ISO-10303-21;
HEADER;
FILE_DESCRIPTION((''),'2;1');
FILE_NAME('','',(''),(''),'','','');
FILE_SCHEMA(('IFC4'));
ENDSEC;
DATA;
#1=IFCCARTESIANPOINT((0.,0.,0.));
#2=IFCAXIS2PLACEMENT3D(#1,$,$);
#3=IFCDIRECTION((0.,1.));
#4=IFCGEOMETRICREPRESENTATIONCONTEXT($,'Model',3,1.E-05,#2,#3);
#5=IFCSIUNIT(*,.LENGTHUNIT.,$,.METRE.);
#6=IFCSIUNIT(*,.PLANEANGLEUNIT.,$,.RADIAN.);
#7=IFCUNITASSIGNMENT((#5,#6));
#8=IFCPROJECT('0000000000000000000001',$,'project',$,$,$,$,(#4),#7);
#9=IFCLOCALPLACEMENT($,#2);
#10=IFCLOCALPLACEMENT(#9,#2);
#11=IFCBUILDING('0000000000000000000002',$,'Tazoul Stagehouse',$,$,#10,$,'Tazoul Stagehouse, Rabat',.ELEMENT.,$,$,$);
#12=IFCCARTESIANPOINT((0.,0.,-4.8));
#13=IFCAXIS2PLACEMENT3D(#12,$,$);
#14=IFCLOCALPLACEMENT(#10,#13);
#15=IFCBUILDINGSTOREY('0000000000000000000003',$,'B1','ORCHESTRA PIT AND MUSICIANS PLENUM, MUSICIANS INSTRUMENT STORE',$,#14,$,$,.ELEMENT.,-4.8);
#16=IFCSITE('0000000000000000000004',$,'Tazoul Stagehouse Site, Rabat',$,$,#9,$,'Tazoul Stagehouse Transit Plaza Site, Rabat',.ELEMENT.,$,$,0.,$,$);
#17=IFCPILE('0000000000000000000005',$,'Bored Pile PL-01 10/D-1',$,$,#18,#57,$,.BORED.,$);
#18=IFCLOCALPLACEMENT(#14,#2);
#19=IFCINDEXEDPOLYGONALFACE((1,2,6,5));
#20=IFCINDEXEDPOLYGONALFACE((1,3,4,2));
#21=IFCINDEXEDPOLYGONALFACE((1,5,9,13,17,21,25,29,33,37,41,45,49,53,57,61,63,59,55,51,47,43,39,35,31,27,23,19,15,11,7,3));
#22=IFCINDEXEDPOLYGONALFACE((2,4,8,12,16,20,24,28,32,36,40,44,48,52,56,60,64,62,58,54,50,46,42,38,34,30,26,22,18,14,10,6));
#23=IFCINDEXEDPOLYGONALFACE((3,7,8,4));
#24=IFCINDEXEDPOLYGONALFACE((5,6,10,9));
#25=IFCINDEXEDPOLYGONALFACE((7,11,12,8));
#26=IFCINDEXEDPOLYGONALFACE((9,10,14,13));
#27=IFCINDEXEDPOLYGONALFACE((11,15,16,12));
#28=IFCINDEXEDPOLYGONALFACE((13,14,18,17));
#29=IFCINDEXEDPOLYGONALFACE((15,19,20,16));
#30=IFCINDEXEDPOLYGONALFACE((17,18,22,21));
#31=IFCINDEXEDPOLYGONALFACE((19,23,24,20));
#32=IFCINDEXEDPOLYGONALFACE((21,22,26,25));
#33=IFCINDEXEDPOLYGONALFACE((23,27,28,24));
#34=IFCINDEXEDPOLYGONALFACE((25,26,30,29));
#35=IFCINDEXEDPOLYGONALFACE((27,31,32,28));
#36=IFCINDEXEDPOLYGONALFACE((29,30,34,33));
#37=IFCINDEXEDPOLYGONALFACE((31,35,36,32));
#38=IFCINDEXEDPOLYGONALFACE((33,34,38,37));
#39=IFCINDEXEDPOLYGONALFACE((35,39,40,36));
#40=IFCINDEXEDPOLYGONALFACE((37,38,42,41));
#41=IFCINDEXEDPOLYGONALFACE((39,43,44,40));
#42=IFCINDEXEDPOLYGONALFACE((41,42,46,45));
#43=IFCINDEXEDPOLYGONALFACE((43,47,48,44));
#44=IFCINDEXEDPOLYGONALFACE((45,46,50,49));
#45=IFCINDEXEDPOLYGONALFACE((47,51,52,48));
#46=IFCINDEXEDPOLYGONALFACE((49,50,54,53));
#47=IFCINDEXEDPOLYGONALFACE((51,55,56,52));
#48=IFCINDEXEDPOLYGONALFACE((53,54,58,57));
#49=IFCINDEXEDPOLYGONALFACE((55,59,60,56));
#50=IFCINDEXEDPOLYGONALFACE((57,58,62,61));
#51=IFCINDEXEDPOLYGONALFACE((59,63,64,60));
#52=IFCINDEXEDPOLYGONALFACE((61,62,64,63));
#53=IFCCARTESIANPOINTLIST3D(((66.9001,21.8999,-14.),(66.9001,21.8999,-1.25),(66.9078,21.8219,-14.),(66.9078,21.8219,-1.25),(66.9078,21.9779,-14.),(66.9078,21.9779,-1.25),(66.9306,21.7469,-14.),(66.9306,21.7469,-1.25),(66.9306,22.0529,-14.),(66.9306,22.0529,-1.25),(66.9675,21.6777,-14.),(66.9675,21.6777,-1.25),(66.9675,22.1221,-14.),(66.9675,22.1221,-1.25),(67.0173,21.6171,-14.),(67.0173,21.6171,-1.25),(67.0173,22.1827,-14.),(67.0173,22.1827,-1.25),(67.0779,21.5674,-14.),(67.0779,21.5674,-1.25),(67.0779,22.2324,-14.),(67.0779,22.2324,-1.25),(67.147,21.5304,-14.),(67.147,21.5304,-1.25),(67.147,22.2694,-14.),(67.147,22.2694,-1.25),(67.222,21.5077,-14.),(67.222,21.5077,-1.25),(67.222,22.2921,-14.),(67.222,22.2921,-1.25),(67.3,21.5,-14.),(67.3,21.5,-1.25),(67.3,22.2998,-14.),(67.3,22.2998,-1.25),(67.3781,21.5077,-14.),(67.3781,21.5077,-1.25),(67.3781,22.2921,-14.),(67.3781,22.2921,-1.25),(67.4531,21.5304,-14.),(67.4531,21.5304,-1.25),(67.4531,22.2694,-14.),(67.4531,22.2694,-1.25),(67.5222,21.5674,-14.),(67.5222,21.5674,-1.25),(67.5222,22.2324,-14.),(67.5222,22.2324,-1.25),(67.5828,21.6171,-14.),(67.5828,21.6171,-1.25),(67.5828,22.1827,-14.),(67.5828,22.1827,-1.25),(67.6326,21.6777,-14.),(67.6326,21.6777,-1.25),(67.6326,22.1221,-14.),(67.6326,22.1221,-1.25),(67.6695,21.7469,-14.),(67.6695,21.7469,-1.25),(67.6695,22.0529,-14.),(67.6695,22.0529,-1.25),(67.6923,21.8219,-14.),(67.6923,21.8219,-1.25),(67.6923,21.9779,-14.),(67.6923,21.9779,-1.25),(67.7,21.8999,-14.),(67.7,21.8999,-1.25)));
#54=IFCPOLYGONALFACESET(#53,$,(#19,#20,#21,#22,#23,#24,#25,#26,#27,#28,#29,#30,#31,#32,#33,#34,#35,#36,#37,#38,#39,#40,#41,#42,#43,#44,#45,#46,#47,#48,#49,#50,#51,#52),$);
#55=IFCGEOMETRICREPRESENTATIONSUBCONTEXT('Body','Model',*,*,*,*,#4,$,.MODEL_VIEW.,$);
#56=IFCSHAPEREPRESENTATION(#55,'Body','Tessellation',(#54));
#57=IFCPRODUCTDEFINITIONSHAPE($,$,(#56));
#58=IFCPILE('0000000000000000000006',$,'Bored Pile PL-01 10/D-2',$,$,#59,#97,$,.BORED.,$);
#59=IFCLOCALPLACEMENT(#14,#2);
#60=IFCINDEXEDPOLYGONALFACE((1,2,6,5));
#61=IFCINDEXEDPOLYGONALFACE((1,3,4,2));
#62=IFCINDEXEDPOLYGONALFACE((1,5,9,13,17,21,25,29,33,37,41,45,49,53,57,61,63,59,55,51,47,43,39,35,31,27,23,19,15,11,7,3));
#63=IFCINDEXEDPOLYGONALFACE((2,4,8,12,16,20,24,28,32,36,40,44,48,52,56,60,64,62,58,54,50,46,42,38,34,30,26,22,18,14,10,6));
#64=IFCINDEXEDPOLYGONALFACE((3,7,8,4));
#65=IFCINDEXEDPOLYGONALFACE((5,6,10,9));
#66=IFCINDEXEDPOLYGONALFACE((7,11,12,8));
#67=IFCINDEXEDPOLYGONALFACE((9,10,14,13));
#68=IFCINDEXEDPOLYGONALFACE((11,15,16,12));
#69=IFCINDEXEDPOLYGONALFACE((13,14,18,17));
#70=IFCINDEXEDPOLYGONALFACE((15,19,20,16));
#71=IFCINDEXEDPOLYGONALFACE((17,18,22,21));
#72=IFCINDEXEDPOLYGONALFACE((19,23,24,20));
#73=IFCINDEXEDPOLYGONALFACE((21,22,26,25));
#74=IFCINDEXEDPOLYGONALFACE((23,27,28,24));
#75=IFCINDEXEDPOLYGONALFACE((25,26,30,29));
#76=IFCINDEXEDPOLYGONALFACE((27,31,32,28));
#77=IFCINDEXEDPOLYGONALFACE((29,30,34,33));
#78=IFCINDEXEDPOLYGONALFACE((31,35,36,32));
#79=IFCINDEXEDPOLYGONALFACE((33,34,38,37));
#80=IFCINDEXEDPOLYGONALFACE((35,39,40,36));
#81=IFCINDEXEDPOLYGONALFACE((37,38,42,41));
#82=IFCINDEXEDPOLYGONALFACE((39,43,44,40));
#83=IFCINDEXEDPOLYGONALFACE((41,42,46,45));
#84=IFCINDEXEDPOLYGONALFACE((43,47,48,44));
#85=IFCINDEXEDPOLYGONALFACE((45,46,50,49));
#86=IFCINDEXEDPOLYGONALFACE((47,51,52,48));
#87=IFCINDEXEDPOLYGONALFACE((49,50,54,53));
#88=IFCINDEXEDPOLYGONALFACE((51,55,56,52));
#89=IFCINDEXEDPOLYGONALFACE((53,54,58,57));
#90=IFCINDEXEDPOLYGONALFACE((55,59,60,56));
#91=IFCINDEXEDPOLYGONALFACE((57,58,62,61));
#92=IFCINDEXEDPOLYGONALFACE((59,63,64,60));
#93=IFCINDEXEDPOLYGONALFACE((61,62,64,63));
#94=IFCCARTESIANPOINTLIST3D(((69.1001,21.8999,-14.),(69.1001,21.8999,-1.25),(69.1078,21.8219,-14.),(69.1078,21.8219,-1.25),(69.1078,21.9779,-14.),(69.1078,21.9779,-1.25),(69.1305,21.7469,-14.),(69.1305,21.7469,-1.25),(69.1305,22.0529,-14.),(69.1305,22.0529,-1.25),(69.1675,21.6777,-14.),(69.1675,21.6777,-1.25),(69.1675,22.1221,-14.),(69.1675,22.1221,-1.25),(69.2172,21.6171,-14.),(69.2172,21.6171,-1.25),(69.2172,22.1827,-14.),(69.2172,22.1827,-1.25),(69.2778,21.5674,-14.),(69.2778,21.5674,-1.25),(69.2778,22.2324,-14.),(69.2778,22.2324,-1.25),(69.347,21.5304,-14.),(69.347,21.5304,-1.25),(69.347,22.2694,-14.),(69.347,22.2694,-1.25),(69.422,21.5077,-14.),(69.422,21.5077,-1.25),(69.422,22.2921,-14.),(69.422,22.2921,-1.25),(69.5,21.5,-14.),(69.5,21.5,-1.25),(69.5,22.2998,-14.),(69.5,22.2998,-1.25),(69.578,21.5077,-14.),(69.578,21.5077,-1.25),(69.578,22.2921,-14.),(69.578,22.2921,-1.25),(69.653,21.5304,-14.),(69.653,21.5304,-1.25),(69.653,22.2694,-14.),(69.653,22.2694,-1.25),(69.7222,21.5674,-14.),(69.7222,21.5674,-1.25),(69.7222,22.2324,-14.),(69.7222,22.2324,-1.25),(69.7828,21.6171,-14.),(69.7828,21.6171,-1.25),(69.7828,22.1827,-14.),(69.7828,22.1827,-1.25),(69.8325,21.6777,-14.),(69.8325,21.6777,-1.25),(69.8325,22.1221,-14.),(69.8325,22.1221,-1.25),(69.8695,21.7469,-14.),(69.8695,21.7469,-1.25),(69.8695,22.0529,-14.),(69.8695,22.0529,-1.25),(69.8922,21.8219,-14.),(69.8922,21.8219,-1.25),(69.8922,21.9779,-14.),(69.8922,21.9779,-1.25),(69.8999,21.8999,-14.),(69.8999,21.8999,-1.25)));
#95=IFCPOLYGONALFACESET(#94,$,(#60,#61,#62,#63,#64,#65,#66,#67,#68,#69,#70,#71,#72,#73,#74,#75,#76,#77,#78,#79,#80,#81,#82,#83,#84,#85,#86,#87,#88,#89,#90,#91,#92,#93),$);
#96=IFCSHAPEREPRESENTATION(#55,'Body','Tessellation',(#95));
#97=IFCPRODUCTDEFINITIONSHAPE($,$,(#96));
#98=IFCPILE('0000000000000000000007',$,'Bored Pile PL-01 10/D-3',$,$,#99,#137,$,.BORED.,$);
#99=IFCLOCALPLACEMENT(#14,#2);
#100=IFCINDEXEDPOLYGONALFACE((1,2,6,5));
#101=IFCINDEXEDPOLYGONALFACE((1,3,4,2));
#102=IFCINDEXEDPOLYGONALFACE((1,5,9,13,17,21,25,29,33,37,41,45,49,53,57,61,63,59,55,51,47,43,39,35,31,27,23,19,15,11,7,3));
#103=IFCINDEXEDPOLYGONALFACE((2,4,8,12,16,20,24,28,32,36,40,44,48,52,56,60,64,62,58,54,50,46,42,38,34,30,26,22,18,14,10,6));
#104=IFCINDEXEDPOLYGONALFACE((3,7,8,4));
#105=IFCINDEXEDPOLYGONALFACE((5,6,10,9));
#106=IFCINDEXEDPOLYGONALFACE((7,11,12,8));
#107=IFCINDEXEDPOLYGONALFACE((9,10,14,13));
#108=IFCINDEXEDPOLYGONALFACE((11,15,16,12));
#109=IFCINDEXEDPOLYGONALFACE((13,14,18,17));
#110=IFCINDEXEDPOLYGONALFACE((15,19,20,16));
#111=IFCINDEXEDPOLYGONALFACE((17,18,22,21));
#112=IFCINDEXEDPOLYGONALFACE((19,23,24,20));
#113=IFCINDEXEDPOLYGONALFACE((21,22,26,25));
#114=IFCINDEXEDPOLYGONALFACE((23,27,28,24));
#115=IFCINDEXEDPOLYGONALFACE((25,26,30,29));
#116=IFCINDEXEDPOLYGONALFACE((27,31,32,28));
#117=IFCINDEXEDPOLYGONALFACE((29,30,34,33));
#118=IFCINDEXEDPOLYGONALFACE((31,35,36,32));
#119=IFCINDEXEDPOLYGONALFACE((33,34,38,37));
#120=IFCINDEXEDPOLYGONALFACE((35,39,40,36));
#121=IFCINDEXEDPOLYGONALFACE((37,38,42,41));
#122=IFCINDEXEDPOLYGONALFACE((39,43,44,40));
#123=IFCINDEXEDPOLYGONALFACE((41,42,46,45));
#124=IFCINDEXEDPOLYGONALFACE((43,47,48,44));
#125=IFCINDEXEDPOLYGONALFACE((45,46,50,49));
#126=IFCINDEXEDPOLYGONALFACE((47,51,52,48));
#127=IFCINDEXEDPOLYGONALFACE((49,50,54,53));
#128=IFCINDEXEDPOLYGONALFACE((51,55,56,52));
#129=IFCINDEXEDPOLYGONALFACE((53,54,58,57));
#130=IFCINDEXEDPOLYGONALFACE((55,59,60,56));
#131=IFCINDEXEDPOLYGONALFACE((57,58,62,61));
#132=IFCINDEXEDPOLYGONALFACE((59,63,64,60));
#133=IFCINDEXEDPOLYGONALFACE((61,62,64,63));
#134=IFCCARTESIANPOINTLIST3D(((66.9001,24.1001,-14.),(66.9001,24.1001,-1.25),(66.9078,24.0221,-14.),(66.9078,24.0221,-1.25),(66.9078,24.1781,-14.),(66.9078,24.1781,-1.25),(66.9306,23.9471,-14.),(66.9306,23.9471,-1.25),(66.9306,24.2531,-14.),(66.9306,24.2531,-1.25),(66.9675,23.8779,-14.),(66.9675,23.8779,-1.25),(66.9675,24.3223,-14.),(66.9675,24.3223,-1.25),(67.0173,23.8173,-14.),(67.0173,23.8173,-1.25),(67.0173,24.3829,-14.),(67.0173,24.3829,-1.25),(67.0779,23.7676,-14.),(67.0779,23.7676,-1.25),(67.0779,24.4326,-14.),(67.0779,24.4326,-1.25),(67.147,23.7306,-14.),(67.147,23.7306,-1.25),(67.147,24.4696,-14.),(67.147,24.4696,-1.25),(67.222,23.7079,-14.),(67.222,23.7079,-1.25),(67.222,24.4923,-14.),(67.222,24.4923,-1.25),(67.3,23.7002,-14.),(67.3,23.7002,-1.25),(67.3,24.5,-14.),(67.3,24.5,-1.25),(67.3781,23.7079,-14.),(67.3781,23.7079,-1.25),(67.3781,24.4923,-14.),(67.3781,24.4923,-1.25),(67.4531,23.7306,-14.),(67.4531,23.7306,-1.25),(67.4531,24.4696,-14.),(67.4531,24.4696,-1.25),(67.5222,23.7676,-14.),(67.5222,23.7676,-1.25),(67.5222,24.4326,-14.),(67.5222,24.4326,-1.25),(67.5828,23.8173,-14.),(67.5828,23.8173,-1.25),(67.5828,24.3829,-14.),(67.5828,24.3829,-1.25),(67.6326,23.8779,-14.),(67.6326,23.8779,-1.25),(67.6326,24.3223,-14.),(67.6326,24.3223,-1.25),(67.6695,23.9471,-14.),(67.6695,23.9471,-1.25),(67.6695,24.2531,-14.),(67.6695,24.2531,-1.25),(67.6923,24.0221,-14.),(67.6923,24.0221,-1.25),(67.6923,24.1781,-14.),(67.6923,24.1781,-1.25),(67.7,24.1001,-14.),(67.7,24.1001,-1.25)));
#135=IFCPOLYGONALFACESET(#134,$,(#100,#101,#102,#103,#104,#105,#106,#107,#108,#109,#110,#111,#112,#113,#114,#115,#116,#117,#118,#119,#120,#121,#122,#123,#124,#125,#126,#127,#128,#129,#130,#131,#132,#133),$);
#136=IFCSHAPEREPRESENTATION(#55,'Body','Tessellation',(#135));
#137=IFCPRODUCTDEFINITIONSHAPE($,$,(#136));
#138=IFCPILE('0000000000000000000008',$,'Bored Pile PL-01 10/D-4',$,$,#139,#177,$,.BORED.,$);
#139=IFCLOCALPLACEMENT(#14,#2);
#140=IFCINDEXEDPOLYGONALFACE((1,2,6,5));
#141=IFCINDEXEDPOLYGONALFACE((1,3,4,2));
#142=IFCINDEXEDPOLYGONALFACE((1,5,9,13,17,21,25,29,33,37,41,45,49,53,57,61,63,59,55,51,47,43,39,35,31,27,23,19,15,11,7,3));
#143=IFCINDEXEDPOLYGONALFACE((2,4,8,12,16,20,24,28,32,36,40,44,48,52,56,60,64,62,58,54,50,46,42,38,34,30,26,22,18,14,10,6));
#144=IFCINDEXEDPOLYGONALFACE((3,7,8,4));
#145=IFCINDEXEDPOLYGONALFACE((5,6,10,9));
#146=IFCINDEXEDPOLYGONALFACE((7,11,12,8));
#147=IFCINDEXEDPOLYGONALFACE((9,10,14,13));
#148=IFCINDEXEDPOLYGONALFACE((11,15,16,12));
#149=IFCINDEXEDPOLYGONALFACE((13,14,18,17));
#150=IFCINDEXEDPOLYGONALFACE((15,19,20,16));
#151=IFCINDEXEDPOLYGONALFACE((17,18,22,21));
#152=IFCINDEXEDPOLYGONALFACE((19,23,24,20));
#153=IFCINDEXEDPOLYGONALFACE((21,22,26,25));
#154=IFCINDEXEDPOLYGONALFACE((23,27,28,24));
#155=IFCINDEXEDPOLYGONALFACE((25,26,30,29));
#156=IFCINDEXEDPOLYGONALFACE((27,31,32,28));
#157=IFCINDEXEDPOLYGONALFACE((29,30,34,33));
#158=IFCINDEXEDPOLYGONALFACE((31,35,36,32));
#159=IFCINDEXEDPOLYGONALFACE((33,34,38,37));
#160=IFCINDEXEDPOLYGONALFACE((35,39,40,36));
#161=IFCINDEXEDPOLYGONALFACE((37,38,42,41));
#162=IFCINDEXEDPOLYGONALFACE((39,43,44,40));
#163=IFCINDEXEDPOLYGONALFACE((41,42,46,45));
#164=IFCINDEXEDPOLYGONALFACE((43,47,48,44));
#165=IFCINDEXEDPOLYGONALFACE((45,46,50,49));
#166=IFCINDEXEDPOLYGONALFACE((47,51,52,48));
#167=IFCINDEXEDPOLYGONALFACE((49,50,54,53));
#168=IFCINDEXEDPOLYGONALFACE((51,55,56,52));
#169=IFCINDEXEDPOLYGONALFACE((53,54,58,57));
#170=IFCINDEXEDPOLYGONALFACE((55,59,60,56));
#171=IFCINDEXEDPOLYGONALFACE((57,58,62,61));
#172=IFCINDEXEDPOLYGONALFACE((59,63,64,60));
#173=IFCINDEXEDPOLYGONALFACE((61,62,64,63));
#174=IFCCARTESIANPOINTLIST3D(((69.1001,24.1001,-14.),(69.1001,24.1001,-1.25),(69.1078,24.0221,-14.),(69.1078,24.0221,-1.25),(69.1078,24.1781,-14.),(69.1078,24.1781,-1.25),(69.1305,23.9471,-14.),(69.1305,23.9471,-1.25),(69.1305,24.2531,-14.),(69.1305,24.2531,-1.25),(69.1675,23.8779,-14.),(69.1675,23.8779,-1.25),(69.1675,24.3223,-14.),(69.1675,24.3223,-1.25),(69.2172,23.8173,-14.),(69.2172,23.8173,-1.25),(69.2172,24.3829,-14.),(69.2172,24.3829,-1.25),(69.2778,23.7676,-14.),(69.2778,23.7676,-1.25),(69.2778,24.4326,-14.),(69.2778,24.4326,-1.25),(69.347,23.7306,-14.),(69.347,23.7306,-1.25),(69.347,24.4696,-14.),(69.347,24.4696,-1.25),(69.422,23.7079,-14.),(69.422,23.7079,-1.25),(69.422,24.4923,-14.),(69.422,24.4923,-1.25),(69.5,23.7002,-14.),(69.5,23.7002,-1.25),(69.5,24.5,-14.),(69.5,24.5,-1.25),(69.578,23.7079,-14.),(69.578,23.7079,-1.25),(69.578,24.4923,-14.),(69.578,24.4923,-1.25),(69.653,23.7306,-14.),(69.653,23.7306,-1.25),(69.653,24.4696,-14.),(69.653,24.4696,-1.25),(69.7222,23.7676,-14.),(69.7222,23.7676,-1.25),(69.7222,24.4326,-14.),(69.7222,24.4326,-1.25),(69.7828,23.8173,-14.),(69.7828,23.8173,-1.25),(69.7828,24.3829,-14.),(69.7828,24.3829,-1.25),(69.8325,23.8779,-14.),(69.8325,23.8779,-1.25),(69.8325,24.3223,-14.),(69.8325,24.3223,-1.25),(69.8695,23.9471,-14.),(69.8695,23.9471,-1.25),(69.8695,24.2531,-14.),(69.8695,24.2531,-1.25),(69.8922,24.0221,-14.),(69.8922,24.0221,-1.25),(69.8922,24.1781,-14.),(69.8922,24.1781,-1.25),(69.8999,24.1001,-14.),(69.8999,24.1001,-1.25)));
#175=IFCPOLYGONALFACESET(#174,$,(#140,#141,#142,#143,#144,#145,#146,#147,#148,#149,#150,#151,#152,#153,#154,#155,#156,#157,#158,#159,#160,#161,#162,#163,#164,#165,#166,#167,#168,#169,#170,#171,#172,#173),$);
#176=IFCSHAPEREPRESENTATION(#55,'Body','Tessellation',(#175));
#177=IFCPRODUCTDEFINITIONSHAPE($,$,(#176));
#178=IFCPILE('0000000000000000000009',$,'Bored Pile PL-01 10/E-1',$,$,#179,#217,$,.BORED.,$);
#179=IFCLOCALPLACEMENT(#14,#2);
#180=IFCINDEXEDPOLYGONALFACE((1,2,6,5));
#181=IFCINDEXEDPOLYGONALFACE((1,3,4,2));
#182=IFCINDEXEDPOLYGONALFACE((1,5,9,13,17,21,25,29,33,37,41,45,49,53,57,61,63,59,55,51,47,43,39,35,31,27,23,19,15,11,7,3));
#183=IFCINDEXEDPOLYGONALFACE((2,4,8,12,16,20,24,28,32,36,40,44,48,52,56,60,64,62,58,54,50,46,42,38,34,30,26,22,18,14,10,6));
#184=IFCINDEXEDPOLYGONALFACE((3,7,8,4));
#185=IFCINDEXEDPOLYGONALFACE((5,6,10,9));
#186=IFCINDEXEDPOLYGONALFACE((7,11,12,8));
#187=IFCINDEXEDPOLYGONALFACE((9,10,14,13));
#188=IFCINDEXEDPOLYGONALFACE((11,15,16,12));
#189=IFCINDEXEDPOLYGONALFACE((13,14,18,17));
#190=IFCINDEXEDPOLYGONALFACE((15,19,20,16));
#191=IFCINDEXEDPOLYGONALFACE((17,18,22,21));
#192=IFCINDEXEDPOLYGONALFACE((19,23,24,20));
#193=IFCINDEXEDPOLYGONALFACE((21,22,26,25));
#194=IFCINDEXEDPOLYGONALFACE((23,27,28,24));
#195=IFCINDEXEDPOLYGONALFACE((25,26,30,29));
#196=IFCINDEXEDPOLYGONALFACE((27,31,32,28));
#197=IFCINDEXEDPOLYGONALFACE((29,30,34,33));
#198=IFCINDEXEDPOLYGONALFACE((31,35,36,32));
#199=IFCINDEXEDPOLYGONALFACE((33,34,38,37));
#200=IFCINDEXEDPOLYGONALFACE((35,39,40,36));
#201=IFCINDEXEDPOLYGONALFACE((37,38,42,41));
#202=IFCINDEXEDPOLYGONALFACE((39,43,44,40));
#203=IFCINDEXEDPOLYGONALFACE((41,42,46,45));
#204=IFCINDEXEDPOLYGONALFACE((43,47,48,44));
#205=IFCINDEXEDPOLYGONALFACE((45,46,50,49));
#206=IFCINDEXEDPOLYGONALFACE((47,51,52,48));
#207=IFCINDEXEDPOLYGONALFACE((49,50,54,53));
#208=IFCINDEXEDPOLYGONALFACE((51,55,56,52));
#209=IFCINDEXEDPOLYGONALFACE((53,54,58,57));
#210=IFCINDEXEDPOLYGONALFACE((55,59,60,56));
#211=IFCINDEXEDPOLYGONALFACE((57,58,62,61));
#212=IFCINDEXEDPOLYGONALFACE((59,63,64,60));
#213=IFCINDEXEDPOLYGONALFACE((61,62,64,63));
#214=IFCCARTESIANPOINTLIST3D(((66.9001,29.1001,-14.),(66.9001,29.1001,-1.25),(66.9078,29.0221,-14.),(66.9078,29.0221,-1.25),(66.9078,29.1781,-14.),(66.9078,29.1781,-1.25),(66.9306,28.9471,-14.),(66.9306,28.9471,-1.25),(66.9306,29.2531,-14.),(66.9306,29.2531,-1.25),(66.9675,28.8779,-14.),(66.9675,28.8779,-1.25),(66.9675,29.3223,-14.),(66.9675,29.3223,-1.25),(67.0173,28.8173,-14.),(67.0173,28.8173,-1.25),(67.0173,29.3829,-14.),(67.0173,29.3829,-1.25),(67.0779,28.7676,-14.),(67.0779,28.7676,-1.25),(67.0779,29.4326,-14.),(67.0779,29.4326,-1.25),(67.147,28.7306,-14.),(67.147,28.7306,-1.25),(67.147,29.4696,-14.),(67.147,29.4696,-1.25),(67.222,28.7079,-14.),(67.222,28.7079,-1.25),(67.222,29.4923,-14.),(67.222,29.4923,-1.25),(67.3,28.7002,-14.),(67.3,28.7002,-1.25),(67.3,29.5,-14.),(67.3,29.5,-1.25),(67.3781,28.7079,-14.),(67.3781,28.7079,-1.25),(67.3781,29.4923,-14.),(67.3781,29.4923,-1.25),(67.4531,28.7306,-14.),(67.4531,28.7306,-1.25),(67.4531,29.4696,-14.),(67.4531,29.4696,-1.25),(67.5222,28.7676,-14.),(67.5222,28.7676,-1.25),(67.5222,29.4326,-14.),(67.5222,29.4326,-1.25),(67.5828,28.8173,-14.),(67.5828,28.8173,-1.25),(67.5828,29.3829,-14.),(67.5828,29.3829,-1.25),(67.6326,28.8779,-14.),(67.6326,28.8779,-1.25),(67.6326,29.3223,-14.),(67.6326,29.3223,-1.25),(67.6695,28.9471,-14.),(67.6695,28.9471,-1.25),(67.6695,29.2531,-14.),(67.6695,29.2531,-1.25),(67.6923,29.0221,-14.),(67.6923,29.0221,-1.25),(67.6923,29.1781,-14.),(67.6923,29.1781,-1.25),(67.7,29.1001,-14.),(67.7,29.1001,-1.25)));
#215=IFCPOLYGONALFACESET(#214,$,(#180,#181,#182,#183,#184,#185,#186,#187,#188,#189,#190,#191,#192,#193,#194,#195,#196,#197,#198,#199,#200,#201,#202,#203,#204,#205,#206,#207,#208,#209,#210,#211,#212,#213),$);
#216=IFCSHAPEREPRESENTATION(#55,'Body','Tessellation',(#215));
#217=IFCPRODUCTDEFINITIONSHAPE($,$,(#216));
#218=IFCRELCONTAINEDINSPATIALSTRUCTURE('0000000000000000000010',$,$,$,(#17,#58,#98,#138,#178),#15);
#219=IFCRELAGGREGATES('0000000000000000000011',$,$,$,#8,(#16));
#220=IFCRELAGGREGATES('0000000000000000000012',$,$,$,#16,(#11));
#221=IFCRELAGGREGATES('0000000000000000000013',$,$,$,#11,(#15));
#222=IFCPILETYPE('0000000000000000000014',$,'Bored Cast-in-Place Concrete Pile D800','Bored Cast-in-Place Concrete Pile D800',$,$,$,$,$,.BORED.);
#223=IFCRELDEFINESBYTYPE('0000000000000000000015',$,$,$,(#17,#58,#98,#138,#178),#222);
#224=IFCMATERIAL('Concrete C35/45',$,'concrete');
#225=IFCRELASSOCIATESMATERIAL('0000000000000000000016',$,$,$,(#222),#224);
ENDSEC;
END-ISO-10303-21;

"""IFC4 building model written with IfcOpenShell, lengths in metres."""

from ifc_helpers import new_model, si_unit, direction, frame, origin, origin_2d, place, context, subcontext, project, spatial, circle, extrude, material, material_profile, profile_set, type_object, element, save


model = new_model("IFC4")

# Units and contexts
model_context = context("Model", 3, precision=1e-05, world=origin(), true_north=direction((0.0, 1.0)))
body_context = subcontext(model_context, "Body", "Model", "MODEL_VIEW")
ifc_project = project(units=[si_unit("LENGTHUNIT", "METRE"), si_unit("PLANEANGLEUNIT", "RADIAN")], contexts=[model_context])

# Site, building, storey
site_placement = place(None, origin())
site = spatial("IfcSite", under=ifc_project, at=site_placement, Name="Tazoul Stagehouse Site, Rabat", LongName="Tazoul Stagehouse Transit Plaza Site, Rabat", CompositionType="ELEMENT", RefElevation=0.0)
building_placement = place(site_placement, origin())
building = spatial("IfcBuilding", under=site, at=building_placement, Name="Tazoul Stagehouse", LongName="Tazoul Stagehouse, Rabat", CompositionType="ELEMENT")
storey_placement = place(building_placement, frame((0.0, 0.0, -4.8)))
storey = spatial("IfcBuildingStorey", under=building, at=storey_placement, Name="B1", Description="ORCHESTRA PIT AND MUSICIANS PLENUM, MUSICIANS INSTRUMENT STORE", CompositionType="ELEMENT", Elevation=-4.8)

# Piles
ifc_material_1 = material(Name="Concrete C35/45", Category="concrete")
ifc_material_profile_1 = material_profile(ifc_material_1, circle(Radius=0.3999, at=origin_2d()), Name="BORED PILE 800")
ifc_profile_set_1 = profile_set([ifc_material_profile_1], Name="Concrete C35/45")
pile_type = type_object("IfcPileType", Name="Bored Cast-in-Place Concrete Pile D800", Description="Bored Cast-in-Place Concrete Pile D800", PredefinedType="BORED", material=ifc_profile_set_1)
for number, where, z_axis, x_axis, name in (
    (1, (67.3, 21.8999, -1.25), (0.0, 0.0, -1.0), (1.0, 0.0, 0.0), "Bored Pile PL-01 10/D-1"),
    (2, (69.5, 21.8999, -1.25), (0.0, 0.0, -1.0), (1.0, 0.0, 0.0), "Bored Pile PL-01 10/D-2"),
    (3, (67.3, 24.1001, -1.25), (0.0, 0.0, -1.0), (1.0, 0.0, 0.0), "Bored Pile PL-01 10/D-3"),
    (4, (69.5, 24.1001, -1.25), (0.0, 0.0, -1.0), (1.0, 0.0, 0.0), "Bored Pile PL-01 10/D-4"),
    (5, (67.3, 29.1001, -1.25), (0.0, 0.0, -1.0), (1.0, 0.0, 0.0), "Bored Pile PL-01 10/E-1"),
):
    element("IfcPile", number, at=place(storey_placement, frame(where, z_axis=z_axis, x_axis=x_axis)), inside=storey, type_object=pile_type, Name=name, PredefinedType="BORED", context=body_context, shape_type="SweptSolid", body=[
        extrude(circle(Radius=0.3999, at=origin_2d()), origin(), (0.0, 0.0, 1.0), 12.75),
    ])

save(model, "model.ifc")
